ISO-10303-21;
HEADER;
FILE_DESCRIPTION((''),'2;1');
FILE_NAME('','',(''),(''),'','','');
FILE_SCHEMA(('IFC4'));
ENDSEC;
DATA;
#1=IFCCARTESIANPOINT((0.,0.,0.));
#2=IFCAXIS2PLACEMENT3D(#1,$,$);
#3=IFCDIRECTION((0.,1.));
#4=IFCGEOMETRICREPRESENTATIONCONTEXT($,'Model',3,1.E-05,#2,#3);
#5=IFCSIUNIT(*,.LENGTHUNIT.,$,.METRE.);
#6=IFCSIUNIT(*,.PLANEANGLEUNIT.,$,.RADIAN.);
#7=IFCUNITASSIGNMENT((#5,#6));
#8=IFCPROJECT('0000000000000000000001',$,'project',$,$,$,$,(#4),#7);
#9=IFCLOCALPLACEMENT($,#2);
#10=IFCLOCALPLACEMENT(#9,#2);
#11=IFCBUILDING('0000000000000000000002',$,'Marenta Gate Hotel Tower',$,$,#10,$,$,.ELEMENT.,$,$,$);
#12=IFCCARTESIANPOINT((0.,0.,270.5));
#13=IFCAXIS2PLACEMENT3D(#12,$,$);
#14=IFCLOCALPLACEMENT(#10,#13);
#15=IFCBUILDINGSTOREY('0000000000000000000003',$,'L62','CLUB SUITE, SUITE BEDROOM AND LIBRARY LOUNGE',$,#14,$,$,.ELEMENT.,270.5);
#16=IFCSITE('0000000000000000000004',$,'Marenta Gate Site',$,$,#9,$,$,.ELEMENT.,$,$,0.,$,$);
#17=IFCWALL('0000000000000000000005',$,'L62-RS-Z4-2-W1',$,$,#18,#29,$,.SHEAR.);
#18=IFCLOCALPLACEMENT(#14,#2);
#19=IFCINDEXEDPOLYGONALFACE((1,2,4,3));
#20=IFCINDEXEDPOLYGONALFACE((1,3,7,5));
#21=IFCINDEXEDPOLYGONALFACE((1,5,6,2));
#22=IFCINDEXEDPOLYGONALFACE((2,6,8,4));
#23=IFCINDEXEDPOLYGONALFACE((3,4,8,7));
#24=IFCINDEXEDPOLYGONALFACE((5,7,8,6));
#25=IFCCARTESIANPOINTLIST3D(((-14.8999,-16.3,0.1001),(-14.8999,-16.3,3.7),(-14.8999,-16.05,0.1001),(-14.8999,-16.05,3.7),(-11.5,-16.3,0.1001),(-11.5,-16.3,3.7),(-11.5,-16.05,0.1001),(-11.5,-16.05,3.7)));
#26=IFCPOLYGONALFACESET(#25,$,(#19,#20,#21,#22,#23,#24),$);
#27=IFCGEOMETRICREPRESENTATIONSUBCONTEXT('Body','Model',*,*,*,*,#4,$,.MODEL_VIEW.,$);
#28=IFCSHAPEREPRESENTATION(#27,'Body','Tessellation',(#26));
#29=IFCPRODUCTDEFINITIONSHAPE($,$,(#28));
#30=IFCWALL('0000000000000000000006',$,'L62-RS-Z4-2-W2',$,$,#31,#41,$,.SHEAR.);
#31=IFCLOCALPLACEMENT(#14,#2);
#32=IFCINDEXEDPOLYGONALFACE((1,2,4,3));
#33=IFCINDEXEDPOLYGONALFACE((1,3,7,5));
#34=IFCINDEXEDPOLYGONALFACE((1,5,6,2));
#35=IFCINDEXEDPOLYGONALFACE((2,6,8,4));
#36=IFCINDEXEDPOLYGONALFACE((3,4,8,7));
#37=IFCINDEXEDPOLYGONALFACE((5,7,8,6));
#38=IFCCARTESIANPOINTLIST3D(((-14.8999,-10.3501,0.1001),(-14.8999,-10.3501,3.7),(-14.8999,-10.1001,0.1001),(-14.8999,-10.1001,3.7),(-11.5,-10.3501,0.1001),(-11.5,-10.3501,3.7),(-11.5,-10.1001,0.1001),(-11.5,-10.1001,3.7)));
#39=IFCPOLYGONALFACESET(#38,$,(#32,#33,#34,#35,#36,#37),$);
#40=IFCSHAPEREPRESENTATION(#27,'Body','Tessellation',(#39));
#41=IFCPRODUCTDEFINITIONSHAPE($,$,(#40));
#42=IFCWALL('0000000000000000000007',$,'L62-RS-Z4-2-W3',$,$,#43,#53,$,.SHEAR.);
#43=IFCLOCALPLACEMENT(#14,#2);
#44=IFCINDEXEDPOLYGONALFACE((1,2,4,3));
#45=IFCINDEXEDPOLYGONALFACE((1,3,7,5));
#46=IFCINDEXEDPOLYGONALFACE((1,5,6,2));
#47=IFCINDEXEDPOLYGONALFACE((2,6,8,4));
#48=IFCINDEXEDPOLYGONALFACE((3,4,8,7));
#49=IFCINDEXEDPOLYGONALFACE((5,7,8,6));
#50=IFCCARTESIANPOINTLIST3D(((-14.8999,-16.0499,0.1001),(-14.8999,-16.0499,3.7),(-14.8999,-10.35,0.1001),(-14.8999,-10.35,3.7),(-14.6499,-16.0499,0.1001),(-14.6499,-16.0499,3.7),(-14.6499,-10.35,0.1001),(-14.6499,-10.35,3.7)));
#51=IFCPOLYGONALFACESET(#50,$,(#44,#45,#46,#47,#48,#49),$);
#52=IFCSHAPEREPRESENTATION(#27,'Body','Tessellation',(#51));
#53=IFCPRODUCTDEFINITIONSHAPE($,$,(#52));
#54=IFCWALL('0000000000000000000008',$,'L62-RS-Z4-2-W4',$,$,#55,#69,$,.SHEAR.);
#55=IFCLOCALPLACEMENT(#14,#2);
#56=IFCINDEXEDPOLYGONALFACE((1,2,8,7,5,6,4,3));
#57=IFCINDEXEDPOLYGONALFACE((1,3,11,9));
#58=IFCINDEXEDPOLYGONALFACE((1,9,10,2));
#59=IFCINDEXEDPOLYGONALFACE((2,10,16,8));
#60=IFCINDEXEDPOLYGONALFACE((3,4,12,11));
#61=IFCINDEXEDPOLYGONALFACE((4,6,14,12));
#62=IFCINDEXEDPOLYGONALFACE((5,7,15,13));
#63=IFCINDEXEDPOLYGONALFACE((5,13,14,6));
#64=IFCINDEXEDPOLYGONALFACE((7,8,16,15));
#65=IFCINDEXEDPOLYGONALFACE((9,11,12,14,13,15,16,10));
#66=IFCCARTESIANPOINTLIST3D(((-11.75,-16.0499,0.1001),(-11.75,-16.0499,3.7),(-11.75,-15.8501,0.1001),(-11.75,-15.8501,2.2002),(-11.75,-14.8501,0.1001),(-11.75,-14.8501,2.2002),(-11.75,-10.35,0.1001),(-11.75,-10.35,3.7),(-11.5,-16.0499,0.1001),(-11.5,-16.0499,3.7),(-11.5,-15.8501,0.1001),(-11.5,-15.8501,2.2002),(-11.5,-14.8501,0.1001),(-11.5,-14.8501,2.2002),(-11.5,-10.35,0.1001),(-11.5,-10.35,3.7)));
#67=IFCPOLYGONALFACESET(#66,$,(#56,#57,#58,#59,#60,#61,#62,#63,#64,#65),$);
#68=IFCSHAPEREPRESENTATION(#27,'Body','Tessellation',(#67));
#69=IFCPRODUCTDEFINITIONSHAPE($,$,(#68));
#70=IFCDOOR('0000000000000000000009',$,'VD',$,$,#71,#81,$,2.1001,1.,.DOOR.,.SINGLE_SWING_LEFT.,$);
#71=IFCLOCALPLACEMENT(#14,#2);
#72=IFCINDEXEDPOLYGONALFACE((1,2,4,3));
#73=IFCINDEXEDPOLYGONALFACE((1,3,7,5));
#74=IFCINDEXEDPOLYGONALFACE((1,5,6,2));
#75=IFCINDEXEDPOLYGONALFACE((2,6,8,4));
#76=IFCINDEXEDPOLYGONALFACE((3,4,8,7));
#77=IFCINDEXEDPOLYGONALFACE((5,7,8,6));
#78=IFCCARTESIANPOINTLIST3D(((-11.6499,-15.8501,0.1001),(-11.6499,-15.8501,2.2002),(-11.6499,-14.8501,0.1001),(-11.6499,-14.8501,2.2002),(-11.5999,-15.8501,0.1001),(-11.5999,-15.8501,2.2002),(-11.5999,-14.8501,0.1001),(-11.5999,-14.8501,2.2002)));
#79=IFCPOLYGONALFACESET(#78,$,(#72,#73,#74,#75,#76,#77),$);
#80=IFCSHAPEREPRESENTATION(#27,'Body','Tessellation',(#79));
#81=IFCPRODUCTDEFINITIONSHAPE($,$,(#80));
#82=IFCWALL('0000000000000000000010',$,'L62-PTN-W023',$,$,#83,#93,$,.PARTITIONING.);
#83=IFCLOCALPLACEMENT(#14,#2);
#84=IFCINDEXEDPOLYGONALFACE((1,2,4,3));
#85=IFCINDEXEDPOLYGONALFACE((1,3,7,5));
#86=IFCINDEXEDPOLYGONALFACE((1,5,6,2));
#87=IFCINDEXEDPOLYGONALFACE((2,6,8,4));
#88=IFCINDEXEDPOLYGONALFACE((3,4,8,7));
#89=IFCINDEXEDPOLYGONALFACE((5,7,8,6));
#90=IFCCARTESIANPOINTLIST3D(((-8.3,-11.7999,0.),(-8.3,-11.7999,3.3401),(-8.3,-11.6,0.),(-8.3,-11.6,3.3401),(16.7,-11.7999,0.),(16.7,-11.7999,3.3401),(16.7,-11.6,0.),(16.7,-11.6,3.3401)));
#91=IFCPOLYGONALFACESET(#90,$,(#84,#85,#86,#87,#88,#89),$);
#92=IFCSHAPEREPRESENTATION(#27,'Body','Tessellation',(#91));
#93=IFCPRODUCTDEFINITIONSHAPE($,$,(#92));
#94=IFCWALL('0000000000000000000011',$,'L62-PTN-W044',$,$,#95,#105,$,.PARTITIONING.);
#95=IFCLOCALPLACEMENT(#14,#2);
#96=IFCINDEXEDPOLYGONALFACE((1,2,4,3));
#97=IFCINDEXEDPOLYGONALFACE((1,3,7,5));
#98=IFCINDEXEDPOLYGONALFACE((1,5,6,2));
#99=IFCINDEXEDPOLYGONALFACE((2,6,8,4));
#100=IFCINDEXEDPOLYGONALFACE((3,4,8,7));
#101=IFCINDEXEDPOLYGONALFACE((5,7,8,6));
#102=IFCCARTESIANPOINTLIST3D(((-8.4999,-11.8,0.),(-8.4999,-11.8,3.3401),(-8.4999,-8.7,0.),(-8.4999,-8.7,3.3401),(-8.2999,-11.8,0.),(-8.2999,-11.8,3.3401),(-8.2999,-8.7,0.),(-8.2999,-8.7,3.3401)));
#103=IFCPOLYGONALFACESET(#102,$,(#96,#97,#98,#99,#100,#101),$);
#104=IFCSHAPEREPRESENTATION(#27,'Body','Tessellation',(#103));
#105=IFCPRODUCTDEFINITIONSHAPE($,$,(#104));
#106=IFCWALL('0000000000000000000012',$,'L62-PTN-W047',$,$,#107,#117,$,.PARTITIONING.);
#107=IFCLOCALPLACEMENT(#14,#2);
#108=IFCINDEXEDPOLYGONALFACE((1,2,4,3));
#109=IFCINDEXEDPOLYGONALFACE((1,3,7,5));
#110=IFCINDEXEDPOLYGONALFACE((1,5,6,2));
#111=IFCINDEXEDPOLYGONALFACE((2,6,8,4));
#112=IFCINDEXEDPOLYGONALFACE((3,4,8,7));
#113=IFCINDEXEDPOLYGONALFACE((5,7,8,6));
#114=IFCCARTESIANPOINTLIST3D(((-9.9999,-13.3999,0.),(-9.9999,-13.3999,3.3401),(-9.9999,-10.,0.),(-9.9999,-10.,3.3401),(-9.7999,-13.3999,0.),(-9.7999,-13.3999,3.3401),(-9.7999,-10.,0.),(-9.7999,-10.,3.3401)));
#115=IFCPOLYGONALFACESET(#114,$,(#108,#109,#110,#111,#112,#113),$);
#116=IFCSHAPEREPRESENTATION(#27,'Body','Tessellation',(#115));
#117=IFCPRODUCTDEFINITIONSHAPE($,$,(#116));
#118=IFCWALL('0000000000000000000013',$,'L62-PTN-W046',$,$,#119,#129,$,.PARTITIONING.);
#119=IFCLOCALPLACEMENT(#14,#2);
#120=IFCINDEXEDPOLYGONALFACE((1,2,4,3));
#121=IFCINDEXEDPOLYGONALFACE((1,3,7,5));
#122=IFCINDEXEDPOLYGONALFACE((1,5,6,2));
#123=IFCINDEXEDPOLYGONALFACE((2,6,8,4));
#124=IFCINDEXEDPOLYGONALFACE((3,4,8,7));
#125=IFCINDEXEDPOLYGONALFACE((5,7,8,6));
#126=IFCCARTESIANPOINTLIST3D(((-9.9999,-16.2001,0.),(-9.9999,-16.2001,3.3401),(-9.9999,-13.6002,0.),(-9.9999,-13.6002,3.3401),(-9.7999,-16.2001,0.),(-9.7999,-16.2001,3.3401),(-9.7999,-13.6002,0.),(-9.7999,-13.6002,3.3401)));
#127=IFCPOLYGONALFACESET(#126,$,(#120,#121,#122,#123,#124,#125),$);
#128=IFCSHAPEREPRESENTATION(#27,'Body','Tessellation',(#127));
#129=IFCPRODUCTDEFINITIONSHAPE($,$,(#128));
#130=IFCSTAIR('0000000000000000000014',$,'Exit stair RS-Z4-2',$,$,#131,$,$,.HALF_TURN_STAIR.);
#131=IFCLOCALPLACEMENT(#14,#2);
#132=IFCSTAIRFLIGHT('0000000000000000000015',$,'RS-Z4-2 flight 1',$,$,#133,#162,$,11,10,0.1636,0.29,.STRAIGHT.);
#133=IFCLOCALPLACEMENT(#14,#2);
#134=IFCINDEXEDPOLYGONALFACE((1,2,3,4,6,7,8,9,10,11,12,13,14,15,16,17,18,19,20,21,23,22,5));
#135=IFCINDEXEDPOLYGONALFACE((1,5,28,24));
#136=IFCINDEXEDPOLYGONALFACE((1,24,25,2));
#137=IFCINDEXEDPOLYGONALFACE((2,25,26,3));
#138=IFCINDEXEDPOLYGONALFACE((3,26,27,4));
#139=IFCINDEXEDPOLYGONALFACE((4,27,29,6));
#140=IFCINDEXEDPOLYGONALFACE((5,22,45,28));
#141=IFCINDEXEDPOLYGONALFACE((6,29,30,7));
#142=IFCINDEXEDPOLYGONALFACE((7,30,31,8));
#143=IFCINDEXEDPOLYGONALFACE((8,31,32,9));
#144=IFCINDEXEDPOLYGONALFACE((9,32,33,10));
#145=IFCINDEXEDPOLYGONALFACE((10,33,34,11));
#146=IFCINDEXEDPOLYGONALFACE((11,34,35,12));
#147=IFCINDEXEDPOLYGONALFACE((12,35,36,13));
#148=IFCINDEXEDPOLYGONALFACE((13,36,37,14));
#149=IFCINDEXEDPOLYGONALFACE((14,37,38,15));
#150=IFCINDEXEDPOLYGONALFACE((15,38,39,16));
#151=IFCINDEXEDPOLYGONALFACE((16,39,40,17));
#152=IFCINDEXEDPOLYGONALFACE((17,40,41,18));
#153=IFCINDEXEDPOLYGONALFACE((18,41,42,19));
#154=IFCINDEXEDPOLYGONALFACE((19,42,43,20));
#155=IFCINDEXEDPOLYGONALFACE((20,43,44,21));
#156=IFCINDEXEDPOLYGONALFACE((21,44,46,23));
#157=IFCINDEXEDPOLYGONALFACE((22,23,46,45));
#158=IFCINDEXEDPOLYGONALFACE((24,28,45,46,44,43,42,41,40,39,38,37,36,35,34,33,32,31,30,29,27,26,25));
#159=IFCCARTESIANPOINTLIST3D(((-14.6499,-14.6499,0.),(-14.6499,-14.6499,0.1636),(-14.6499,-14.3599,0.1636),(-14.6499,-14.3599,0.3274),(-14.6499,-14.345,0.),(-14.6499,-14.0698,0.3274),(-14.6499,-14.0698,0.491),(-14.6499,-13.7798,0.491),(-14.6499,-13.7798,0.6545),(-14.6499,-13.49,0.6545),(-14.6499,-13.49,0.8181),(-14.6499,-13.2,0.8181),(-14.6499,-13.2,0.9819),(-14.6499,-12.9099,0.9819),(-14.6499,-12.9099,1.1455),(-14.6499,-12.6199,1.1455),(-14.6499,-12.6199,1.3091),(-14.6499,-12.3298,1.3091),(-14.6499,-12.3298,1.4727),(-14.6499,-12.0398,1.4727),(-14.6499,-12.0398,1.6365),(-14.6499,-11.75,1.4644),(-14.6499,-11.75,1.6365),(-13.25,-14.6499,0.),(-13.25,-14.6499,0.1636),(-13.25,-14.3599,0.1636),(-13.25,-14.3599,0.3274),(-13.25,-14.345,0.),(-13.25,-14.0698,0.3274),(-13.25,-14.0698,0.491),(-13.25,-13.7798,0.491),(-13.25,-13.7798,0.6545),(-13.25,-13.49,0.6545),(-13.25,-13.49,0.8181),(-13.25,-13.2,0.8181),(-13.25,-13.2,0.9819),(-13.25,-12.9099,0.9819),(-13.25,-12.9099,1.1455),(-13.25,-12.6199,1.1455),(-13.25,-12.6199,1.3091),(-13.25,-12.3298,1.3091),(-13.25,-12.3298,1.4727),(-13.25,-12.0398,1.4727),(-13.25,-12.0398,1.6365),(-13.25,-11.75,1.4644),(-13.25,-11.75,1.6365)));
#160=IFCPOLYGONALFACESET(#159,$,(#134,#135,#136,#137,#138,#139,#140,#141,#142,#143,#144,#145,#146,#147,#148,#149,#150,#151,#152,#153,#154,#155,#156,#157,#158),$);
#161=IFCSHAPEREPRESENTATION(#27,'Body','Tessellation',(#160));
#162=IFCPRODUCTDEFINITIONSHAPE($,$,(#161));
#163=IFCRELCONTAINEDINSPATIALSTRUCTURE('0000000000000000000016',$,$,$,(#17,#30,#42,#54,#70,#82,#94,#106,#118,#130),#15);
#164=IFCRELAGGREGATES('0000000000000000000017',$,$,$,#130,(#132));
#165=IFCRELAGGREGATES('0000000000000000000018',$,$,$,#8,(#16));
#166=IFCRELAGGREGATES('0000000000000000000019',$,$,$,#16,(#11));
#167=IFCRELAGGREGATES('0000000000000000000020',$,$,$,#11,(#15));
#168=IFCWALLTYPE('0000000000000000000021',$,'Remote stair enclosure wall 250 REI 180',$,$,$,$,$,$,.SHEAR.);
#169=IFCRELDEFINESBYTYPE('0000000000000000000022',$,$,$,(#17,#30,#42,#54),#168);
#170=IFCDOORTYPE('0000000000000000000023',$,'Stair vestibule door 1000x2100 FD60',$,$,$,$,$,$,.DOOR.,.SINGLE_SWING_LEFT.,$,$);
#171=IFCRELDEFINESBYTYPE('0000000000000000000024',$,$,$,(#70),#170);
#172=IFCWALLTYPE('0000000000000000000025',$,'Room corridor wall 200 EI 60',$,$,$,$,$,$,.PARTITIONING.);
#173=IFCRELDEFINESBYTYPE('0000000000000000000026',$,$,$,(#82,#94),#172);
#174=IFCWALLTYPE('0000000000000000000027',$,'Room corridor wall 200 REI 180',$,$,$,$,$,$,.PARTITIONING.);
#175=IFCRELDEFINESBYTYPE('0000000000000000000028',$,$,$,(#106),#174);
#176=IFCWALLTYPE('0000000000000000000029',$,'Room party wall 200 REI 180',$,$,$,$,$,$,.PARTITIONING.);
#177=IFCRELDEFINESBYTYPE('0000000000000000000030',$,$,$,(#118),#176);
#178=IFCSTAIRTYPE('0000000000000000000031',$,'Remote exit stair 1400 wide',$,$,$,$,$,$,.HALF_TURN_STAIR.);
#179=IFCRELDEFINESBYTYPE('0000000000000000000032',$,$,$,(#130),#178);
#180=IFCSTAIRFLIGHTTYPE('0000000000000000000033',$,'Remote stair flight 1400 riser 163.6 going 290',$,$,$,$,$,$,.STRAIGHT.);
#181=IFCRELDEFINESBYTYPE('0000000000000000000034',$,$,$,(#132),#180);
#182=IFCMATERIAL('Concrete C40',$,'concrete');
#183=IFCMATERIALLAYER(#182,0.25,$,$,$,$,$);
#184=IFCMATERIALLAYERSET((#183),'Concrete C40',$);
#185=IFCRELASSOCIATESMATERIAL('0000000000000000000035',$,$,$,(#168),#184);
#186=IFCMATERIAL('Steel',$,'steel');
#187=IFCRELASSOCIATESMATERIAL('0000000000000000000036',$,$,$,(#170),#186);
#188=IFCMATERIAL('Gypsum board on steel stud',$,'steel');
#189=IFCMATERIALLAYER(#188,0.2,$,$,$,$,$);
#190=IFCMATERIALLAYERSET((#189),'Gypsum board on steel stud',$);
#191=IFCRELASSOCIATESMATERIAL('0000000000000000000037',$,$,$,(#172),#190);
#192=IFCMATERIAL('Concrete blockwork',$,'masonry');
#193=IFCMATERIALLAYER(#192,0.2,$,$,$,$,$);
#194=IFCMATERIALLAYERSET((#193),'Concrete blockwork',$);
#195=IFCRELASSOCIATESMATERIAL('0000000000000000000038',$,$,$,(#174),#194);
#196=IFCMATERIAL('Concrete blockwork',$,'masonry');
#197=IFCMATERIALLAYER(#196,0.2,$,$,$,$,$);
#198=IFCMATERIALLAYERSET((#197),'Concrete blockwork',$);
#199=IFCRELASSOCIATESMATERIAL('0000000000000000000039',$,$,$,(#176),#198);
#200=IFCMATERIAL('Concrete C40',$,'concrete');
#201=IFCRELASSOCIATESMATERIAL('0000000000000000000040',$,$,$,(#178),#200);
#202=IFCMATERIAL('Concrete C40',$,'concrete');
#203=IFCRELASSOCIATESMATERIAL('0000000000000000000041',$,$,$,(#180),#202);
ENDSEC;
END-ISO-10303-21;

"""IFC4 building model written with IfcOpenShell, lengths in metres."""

from ifc_helpers import new_model, si_unit, direction, frame, frame_2d, origin, place, context, subcontext, project, spatial, polyline, rectangle, outline, extrude, material, layer, layer_set, type_object, element, fill, aggregate, save


model = new_model("IFC4")

# Units and contexts
model_context = context("Model", 3, precision=1e-05, world=origin(), true_north=direction((0.0, 1.0)))
body_context = subcontext(model_context, "Body", "Model", "MODEL_VIEW")
ifc_project = project(units=[si_unit("LENGTHUNIT", "METRE"), si_unit("PLANEANGLEUNIT", "RADIAN")], contexts=[model_context])

# Site, building, storey
site_placement = place(None, origin())
site = spatial("IfcSite", under=ifc_project, at=site_placement, Name="Marenta Gate Site", CompositionType="ELEMENT", RefElevation=0.0)
building_placement = place(site_placement, origin())
building = spatial("IfcBuilding", under=site, at=building_placement, Name="Marenta Gate Hotel Tower", CompositionType="ELEMENT")
storey_placement = place(building_placement, frame((0.0, 0.0, 270.5)))
storey = spatial("IfcBuildingStorey", under=building, at=storey_placement, Name="L62", Description="CLUB SUITE, SUITE BEDROOM AND LIBRARY LOUNGE", CompositionType="ELEMENT", Elevation=270.5)

# Walls
ifc_material_1 = material(Name="Concrete C40", Category="concrete")
ifc_layer_1 = layer(ifc_material_1, 0.25)
ifc_layer_set_1 = layer_set([ifc_layer_1], Name="Concrete C40")
wall_type_1 = type_object("IfcWallType", Name="Remote stair enclosure wall 250 REI 180", PredefinedType="SHEAR", material=ifc_layer_set_1)
for number, where, z_axis, x_axis, name in (
    (1, (-14.8999, -16.175, 0.1001), (0.0, 0.0, 1.0), (1.0, 0.0, 0.0), "L62-RS-Z4-2-W1"),
    (2, (-14.8999, -10.2251, 0.1001), (0.0, 0.0, 1.0), (1.0, 0.0, 0.0), "L62-RS-Z4-2-W2"),
):
    element("IfcWall", number, at=place(storey_placement, frame(where, z_axis=z_axis, x_axis=x_axis)), inside=storey, type_object=wall_type_1, Name=name, PredefinedType="SHEAR", context=body_context, shape_type="SweptSolid", body=[
        extrude(rectangle(XDim=3.3999, YDim=0.25, at=frame_2d((1.7, 0.0))), origin(), (0.0, 0.0, 1.0), 3.5999),
    ])
wall_1_placement = place(storey_placement, frame((-14.7749, -16.05, 0.1001), z_axis=(0.0, 0.0, 1.0), x_axis=(0.0, 1.0, 0.0)))
element("IfcWall", 3, at=wall_1_placement, inside=storey, type_object=wall_type_1, Name="L62-RS-Z4-2-W3", PredefinedType="SHEAR", context=body_context, shape_type="SweptSolid", body=[
    extrude(rectangle(XDim=5.7, YDim=0.25, at=frame_2d((2.8501, 0.0))), origin(), (0.0, 0.0, 1.0), 3.5999),
])

# Wall, opening, door
wall_2_placement = place(storey_placement, frame((-11.625, -16.05, 0.1001), z_axis=(0.0, 0.0, 1.0), x_axis=(0.0, 1.0, 0.0)))
wall_2 = element("IfcWall", 4, at=wall_2_placement, inside=storey, type_object=wall_type_1, Name="L62-RS-Z4-2-W4", PredefinedType="SHEAR", context=body_context, shape_type="SweptSolid", body=[
    extrude(rectangle(XDim=5.7, YDim=0.25, at=frame_2d((2.8501, 0.0))), origin(), (0.0, 0.0, 1.0), 3.5999),
])
opening_1_placement = place(wall_2_placement, frame((0.2, 0.0, 0.0)))
opening_1 = element("IfcOpeningElement", 5, at=opening_1_placement, cuts=wall_2, PredefinedType="OPENING", context=body_context, shape_type="SweptSolid", body=[
    extrude(rectangle(XDim=1.0, YDim=2.1001, at=frame_2d((0.5, 1.05))), frame((0.0, 0.125, 0.0), z_axis=(0.0, -1.0, 0.0), x_axis=(1.0, 0.0, 0.0)), (0.0, 0.0, 1.0), 0.25),
])
ifc_material_2 = material(Name="Steel", Category="steel")
door_type_1 = type_object("IfcDoorType", Name="Stair vestibule door 1000x2100 FD60", OperationType="SINGLE_SWING_LEFT", PredefinedType="DOOR", material=ifc_material_2)
door_1_placement = place(opening_1_placement, origin())
door_1 = element("IfcDoor", 6, at=door_1_placement, inside=storey, type_object=door_type_1, Name="VD", OperationType="SINGLE_SWING_LEFT", OverallHeight=2.1001, OverallWidth=1.0, PredefinedType="DOOR", context=body_context, shape_type="SweptSolid", body=[
    extrude(rectangle(XDim=1.0, YDim=2.1001, at=frame_2d((0.5, 1.05))), frame((0.0, 0.0249, 0.0), z_axis=(0.0, -1.0, 0.0), x_axis=(1.0, 0.0, 0.0)), (0.0, 0.0, 1.0), 0.05),
])
fill(opening_1, door_1)

# Shared definitions
ifc_material_3 = material(Name="Gypsum board on steel stud", Category="steel")
ifc_layer_2 = layer(ifc_material_3, 0.2)
ifc_layer_set_2 = layer_set([ifc_layer_2], Name="Gypsum board on steel stud")
wall_type_2 = type_object("IfcWallType", Name="Room corridor wall 200 EI 60", PredefinedType="PARTITIONING", material=ifc_layer_set_2)

# Walls
wall_3_placement = place(storey_placement, frame((-8.3, -11.7, 0.0), z_axis=(0.0, 0.0, 1.0), x_axis=(1.0, 0.0, 0.0)))
element("IfcWall", 7, at=wall_3_placement, inside=storey, type_object=wall_type_2, Name="L62-PTN-W023", PredefinedType="PARTITIONING", context=body_context, shape_type="SweptSolid", body=[
    extrude(rectangle(XDim=25.0, YDim=0.2, at=frame_2d((12.5, 0.0))), origin(), (0.0, 0.0, 1.0), 3.3401),
])
wall_4_placement = place(storey_placement, frame((-8.3999, -11.8, 0.0), z_axis=(0.0, 0.0, 1.0), x_axis=(0.0, 1.0, 0.0)))
element("IfcWall", 8, at=wall_4_placement, inside=storey, type_object=wall_type_2, Name="L62-PTN-W044", PredefinedType="PARTITIONING", context=body_context, shape_type="SweptSolid", body=[
    extrude(rectangle(XDim=3.1001, YDim=0.2, at=frame_2d((1.55, 0.0))), origin(), (0.0, 0.0, 1.0), 3.3401),
])

# Shared definitions
ifc_material_4 = material(Name="Concrete blockwork", Category="masonry")
ifc_layer_3 = layer(ifc_material_4, 0.2)
ifc_layer_set_3 = layer_set([ifc_layer_3], Name="Concrete blockwork")
wall_type_3 = type_object("IfcWallType", Name="Room corridor wall 200 REI 180", PredefinedType="PARTITIONING", material=ifc_layer_set_3)

# Walls
wall_5_placement = place(storey_placement, frame((-9.8999, -13.3999, 0.0), z_axis=(0.0, 0.0, 1.0), x_axis=(0.0, 1.0, 0.0)))
element("IfcWall", 9, at=wall_5_placement, inside=storey, type_object=wall_type_3, Name="L62-PTN-W047", PredefinedType="PARTITIONING", context=body_context, shape_type="SweptSolid", body=[
    extrude(rectangle(XDim=3.3999, YDim=0.2, at=frame_2d((1.7, 0.0))), origin(), (0.0, 0.0, 1.0), 3.3401),
])
ifc_material_5 = material(Name="Concrete blockwork", Category="masonry")
ifc_layer_4 = layer(ifc_material_5, 0.2)
ifc_layer_set_4 = layer_set([ifc_layer_4], Name="Concrete blockwork")
wall_type_4 = type_object("IfcWallType", Name="Room party wall 200 REI 180", PredefinedType="PARTITIONING", material=ifc_layer_set_4)
wall_6_placement = place(storey_placement, frame((-9.8999, -16.2, 0.0), z_axis=(0.0, 0.0, 1.0), x_axis=(0.0, 1.0, 0.0)))
element("IfcWall", 10, at=wall_6_placement, inside=storey, type_object=wall_type_4, Name="L62-PTN-W046", PredefinedType="PARTITIONING", context=body_context, shape_type="SweptSolid", body=[
    extrude(rectangle(XDim=2.5999, YDim=0.2, at=frame_2d((1.2998, 0.0))), origin(), (0.0, 0.0, 1.0), 3.3401),
])

# Stair, stair flight
ifc_material_6 = material(Name="Concrete C40", Category="concrete")
stair_type = type_object("IfcStairType", Name="Remote exit stair 1400 wide", PredefinedType="HALF_TURN_STAIR", material=ifc_material_6)
stair_placement = place(storey_placement, origin())
stair = element("IfcStair", 11, at=stair_placement, inside=storey, type_object=stair_type, Name="Exit stair RS-Z4-2", PredefinedType="HALF_TURN_STAIR")
ifc_material_7 = material(Name="Concrete C40", Category="concrete")
stair_flight_type = type_object("IfcStairFlightType", Name="Remote stair flight 1400 riser 163.6 going 290", PredefinedType="STRAIGHT", material=ifc_material_7)
stair_flight_1_placement = place(storey_placement, frame((-13.95, -14.6499, 0.0), z_axis=(0.0, 0.0, 1.0), x_axis=(0.0, 1.0, 0.0)))
stair_flight_1 = element("IfcStairFlight", 12, at=stair_flight_1_placement, type_object=stair_flight_type, Name="RS-Z4-2 flight 1", NumberOfRisers=11, NumberOfTreads=10, PredefinedType="STRAIGHT", RiserHeight=0.1636, TreadLength=0.29, context=body_context, shape_type="SweptSolid", body=[
    extrude(outline(polyline([(0.0, 0.0), (0.0, 0.1636), (0.29, 0.1636), (0.29, 0.3274), (0.5801, 0.3274), (0.5801, 0.491), (0.8701, 0.491), (0.8701, 0.6545), (1.1599, 0.6545), (1.1599, 0.8181), (1.45, 0.8181), (1.45, 0.9819), (1.74, 0.9819), (1.74, 1.1455), (2.03, 1.1455), (2.03, 1.3091), (2.3201, 1.3091), (2.3201, 1.4727), (2.6101, 1.4727), (2.6101, 1.6365), (2.8999, 1.6365), (2.8999, 1.8), (2.8999, 1.4644), (0.3049, 0.0), (0.0, 0.0)])), frame((0.0, 0.7, 0.0), z_axis=(0.0, -1.0, 0.0), x_axis=(1.0, 0.0, 0.0)), (0.0, 0.0, 1.0), 1.3999),
])
aggregate(stair, [stair_flight_1])

save(model, "model.ifc")
